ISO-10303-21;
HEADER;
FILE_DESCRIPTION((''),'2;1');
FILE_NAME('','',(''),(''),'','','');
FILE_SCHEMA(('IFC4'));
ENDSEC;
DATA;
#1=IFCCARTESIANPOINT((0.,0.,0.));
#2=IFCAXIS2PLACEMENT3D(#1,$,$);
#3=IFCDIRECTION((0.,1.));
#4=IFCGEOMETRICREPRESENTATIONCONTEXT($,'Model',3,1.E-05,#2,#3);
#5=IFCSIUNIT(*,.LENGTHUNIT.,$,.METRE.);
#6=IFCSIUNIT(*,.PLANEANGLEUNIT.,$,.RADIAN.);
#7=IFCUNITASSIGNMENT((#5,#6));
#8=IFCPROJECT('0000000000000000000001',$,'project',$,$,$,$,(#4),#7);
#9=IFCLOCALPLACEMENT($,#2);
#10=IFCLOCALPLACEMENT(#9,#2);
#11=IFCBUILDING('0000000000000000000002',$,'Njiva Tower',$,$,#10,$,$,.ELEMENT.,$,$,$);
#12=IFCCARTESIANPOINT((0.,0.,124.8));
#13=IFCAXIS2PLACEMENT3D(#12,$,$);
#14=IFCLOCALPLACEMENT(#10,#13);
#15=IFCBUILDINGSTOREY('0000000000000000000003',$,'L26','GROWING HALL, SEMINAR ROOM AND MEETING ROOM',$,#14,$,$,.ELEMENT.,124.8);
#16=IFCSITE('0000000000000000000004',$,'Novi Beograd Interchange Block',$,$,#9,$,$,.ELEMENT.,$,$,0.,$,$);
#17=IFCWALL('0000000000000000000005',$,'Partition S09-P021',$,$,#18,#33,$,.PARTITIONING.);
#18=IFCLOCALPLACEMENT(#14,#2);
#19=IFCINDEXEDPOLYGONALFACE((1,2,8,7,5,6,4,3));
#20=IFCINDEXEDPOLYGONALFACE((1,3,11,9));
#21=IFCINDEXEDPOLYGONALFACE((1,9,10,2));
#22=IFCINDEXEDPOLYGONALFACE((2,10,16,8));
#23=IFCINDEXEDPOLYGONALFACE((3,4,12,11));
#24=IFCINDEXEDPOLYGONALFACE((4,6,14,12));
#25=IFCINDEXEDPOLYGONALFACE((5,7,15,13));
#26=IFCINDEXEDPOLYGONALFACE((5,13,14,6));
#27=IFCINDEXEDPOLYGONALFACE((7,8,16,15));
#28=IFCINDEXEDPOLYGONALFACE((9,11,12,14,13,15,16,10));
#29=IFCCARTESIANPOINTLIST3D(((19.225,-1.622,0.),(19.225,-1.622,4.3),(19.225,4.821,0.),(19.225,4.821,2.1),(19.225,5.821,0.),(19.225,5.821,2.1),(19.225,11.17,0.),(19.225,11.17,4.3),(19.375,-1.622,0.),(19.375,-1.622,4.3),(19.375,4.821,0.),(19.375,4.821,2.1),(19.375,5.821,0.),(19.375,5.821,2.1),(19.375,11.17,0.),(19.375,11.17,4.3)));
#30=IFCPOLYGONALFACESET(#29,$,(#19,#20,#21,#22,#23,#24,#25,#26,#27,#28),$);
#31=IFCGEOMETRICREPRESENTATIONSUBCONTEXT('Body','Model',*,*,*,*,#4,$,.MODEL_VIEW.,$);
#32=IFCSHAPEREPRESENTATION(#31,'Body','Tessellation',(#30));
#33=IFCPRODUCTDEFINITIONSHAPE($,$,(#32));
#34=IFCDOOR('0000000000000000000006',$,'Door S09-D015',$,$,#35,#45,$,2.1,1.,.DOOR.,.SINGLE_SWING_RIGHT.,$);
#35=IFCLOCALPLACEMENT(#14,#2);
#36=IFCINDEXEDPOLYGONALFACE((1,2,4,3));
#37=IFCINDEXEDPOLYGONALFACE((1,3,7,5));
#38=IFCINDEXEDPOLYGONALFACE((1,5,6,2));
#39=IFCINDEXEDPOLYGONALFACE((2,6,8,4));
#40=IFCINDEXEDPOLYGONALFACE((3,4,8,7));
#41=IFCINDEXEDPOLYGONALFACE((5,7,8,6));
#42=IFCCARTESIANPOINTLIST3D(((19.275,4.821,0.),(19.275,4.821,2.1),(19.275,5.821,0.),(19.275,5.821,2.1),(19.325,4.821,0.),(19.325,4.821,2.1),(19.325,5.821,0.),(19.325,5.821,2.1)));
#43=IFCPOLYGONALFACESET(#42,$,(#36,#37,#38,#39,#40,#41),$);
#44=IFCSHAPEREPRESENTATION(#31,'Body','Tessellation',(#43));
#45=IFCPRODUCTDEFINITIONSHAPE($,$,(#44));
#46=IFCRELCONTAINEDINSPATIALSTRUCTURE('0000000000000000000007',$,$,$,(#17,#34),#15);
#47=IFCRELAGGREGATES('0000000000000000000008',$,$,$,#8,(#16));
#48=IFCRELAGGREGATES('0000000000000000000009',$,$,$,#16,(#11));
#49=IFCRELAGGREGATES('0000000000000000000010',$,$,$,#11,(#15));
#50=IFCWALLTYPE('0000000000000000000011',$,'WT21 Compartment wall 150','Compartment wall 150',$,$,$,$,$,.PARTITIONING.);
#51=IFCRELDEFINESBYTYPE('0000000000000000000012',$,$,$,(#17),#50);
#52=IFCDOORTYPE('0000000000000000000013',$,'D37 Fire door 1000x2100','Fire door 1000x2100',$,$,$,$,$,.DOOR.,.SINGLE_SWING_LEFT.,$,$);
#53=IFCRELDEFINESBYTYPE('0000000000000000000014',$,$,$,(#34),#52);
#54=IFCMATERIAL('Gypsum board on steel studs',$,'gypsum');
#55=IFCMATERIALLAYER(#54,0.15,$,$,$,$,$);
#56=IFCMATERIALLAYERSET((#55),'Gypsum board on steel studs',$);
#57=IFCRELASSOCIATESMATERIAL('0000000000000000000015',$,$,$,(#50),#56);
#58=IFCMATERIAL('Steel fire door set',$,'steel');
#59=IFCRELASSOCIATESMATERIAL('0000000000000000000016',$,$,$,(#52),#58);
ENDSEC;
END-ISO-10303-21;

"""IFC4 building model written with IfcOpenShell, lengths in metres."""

from ifc_helpers import new_model, si_unit, direction, frame, frame_2d, origin, place, context, subcontext, project, spatial, rectangle, extrude, material, layer, layer_set, type_object, element, fill, save


model = new_model("IFC4")

# Units and contexts
model_context = context("Model", 3, precision=1e-05, world=origin(), true_north=direction((0.0, 1.0)))
body_context = subcontext(model_context, "Body", "Model", "MODEL_VIEW")
ifc_project = project(units=[si_unit("LENGTHUNIT", "METRE"), si_unit("PLANEANGLEUNIT", "RADIAN")], contexts=[model_context])

# Site, building, storey
site_placement = place(None, origin())
site = spatial("IfcSite", under=ifc_project, at=site_placement, Name="Novi Beograd Interchange Block", CompositionType="ELEMENT", RefElevation=0.0)
building_placement = place(site_placement, origin())
building = spatial("IfcBuilding", under=site, at=building_placement, Name="Njiva Tower", CompositionType="ELEMENT")
storey_placement = place(building_placement, frame((0.0, 0.0, 124.8)))
storey = spatial("IfcBuildingStorey", under=building, at=storey_placement, Name="L26", Description="GROWING HALL, SEMINAR ROOM AND MEETING ROOM", CompositionType="ELEMENT", Elevation=124.8)

# Wall, opening, door
ifc_material_1 = material(Name="Gypsum board on steel studs", Category="gypsum")
ifc_layer = layer(ifc_material_1, 0.15)
ifc_layer_set = layer_set([ifc_layer], Name="Gypsum board on steel studs")
wall_type = type_object("IfcWallType", Name="WT21 Compartment wall 150", Description="Compartment wall 150", PredefinedType="PARTITIONING", material=ifc_layer_set)
ifc_material_2 = material(Name="Steel fire door set", Category="steel")
door_type = type_object("IfcDoorType", Name="D37 Fire door 1000x2100", Description="Fire door 1000x2100", OperationType="SINGLE_SWING_LEFT", PredefinedType="DOOR", material=ifc_material_2)
wall_1_placement = place(storey_placement, frame((19.3, -1.622, 0.0), z_axis=(0.0, 0.0, 1.0), x_axis=(0.0, 1.0, 0.0)))
wall_1 = element("IfcWall", 1, at=wall_1_placement, inside=storey, type_object=wall_type, Name="Partition S09-P021", PredefinedType="PARTITIONING", context=body_context, shape_type="SweptSolid", body=[
    extrude(rectangle(XDim=12.792, YDim=0.15, at=frame_2d((6.396, 0.0))), origin(), (0.0, 0.0, 1.0), 4.3),
])
opening_1_placement = place(wall_1_placement, frame((6.443, 0.0, 0.0)))
opening_1 = element("IfcOpeningElement", 2, at=opening_1_placement, cuts=wall_1, PredefinedType="OPENING", context=body_context, shape_type="SweptSolid", body=[
    extrude(rectangle(XDim=1.0, YDim=2.1, at=frame_2d((0.5, 1.05))), frame((0.0, 0.085, 0.0), z_axis=(0.0, -1.0, 0.0), x_axis=(1.0, 0.0, 0.0)), (0.0, 0.0, 1.0), 0.17),
])
door_1_placement = place(opening_1_placement, origin())
door_1 = element("IfcDoor", 3, at=door_1_placement, inside=storey, type_object=door_type, Name="Door S09-D015", OperationType="SINGLE_SWING_RIGHT", OverallHeight=2.1, OverallWidth=1.0, PredefinedType="DOOR", context=body_context, shape_type="SweptSolid", body=[
    extrude(rectangle(XDim=1.0, YDim=2.1, at=frame_2d((0.5, 1.05))), frame((0.0, 0.025, 0.0), z_axis=(0.0, -1.0, 0.0), x_axis=(1.0, 0.0, 0.0)), (0.0, 0.0, 1.0), 0.05),
])
fill(opening_1, door_1)

save(model, "model.ifc")
